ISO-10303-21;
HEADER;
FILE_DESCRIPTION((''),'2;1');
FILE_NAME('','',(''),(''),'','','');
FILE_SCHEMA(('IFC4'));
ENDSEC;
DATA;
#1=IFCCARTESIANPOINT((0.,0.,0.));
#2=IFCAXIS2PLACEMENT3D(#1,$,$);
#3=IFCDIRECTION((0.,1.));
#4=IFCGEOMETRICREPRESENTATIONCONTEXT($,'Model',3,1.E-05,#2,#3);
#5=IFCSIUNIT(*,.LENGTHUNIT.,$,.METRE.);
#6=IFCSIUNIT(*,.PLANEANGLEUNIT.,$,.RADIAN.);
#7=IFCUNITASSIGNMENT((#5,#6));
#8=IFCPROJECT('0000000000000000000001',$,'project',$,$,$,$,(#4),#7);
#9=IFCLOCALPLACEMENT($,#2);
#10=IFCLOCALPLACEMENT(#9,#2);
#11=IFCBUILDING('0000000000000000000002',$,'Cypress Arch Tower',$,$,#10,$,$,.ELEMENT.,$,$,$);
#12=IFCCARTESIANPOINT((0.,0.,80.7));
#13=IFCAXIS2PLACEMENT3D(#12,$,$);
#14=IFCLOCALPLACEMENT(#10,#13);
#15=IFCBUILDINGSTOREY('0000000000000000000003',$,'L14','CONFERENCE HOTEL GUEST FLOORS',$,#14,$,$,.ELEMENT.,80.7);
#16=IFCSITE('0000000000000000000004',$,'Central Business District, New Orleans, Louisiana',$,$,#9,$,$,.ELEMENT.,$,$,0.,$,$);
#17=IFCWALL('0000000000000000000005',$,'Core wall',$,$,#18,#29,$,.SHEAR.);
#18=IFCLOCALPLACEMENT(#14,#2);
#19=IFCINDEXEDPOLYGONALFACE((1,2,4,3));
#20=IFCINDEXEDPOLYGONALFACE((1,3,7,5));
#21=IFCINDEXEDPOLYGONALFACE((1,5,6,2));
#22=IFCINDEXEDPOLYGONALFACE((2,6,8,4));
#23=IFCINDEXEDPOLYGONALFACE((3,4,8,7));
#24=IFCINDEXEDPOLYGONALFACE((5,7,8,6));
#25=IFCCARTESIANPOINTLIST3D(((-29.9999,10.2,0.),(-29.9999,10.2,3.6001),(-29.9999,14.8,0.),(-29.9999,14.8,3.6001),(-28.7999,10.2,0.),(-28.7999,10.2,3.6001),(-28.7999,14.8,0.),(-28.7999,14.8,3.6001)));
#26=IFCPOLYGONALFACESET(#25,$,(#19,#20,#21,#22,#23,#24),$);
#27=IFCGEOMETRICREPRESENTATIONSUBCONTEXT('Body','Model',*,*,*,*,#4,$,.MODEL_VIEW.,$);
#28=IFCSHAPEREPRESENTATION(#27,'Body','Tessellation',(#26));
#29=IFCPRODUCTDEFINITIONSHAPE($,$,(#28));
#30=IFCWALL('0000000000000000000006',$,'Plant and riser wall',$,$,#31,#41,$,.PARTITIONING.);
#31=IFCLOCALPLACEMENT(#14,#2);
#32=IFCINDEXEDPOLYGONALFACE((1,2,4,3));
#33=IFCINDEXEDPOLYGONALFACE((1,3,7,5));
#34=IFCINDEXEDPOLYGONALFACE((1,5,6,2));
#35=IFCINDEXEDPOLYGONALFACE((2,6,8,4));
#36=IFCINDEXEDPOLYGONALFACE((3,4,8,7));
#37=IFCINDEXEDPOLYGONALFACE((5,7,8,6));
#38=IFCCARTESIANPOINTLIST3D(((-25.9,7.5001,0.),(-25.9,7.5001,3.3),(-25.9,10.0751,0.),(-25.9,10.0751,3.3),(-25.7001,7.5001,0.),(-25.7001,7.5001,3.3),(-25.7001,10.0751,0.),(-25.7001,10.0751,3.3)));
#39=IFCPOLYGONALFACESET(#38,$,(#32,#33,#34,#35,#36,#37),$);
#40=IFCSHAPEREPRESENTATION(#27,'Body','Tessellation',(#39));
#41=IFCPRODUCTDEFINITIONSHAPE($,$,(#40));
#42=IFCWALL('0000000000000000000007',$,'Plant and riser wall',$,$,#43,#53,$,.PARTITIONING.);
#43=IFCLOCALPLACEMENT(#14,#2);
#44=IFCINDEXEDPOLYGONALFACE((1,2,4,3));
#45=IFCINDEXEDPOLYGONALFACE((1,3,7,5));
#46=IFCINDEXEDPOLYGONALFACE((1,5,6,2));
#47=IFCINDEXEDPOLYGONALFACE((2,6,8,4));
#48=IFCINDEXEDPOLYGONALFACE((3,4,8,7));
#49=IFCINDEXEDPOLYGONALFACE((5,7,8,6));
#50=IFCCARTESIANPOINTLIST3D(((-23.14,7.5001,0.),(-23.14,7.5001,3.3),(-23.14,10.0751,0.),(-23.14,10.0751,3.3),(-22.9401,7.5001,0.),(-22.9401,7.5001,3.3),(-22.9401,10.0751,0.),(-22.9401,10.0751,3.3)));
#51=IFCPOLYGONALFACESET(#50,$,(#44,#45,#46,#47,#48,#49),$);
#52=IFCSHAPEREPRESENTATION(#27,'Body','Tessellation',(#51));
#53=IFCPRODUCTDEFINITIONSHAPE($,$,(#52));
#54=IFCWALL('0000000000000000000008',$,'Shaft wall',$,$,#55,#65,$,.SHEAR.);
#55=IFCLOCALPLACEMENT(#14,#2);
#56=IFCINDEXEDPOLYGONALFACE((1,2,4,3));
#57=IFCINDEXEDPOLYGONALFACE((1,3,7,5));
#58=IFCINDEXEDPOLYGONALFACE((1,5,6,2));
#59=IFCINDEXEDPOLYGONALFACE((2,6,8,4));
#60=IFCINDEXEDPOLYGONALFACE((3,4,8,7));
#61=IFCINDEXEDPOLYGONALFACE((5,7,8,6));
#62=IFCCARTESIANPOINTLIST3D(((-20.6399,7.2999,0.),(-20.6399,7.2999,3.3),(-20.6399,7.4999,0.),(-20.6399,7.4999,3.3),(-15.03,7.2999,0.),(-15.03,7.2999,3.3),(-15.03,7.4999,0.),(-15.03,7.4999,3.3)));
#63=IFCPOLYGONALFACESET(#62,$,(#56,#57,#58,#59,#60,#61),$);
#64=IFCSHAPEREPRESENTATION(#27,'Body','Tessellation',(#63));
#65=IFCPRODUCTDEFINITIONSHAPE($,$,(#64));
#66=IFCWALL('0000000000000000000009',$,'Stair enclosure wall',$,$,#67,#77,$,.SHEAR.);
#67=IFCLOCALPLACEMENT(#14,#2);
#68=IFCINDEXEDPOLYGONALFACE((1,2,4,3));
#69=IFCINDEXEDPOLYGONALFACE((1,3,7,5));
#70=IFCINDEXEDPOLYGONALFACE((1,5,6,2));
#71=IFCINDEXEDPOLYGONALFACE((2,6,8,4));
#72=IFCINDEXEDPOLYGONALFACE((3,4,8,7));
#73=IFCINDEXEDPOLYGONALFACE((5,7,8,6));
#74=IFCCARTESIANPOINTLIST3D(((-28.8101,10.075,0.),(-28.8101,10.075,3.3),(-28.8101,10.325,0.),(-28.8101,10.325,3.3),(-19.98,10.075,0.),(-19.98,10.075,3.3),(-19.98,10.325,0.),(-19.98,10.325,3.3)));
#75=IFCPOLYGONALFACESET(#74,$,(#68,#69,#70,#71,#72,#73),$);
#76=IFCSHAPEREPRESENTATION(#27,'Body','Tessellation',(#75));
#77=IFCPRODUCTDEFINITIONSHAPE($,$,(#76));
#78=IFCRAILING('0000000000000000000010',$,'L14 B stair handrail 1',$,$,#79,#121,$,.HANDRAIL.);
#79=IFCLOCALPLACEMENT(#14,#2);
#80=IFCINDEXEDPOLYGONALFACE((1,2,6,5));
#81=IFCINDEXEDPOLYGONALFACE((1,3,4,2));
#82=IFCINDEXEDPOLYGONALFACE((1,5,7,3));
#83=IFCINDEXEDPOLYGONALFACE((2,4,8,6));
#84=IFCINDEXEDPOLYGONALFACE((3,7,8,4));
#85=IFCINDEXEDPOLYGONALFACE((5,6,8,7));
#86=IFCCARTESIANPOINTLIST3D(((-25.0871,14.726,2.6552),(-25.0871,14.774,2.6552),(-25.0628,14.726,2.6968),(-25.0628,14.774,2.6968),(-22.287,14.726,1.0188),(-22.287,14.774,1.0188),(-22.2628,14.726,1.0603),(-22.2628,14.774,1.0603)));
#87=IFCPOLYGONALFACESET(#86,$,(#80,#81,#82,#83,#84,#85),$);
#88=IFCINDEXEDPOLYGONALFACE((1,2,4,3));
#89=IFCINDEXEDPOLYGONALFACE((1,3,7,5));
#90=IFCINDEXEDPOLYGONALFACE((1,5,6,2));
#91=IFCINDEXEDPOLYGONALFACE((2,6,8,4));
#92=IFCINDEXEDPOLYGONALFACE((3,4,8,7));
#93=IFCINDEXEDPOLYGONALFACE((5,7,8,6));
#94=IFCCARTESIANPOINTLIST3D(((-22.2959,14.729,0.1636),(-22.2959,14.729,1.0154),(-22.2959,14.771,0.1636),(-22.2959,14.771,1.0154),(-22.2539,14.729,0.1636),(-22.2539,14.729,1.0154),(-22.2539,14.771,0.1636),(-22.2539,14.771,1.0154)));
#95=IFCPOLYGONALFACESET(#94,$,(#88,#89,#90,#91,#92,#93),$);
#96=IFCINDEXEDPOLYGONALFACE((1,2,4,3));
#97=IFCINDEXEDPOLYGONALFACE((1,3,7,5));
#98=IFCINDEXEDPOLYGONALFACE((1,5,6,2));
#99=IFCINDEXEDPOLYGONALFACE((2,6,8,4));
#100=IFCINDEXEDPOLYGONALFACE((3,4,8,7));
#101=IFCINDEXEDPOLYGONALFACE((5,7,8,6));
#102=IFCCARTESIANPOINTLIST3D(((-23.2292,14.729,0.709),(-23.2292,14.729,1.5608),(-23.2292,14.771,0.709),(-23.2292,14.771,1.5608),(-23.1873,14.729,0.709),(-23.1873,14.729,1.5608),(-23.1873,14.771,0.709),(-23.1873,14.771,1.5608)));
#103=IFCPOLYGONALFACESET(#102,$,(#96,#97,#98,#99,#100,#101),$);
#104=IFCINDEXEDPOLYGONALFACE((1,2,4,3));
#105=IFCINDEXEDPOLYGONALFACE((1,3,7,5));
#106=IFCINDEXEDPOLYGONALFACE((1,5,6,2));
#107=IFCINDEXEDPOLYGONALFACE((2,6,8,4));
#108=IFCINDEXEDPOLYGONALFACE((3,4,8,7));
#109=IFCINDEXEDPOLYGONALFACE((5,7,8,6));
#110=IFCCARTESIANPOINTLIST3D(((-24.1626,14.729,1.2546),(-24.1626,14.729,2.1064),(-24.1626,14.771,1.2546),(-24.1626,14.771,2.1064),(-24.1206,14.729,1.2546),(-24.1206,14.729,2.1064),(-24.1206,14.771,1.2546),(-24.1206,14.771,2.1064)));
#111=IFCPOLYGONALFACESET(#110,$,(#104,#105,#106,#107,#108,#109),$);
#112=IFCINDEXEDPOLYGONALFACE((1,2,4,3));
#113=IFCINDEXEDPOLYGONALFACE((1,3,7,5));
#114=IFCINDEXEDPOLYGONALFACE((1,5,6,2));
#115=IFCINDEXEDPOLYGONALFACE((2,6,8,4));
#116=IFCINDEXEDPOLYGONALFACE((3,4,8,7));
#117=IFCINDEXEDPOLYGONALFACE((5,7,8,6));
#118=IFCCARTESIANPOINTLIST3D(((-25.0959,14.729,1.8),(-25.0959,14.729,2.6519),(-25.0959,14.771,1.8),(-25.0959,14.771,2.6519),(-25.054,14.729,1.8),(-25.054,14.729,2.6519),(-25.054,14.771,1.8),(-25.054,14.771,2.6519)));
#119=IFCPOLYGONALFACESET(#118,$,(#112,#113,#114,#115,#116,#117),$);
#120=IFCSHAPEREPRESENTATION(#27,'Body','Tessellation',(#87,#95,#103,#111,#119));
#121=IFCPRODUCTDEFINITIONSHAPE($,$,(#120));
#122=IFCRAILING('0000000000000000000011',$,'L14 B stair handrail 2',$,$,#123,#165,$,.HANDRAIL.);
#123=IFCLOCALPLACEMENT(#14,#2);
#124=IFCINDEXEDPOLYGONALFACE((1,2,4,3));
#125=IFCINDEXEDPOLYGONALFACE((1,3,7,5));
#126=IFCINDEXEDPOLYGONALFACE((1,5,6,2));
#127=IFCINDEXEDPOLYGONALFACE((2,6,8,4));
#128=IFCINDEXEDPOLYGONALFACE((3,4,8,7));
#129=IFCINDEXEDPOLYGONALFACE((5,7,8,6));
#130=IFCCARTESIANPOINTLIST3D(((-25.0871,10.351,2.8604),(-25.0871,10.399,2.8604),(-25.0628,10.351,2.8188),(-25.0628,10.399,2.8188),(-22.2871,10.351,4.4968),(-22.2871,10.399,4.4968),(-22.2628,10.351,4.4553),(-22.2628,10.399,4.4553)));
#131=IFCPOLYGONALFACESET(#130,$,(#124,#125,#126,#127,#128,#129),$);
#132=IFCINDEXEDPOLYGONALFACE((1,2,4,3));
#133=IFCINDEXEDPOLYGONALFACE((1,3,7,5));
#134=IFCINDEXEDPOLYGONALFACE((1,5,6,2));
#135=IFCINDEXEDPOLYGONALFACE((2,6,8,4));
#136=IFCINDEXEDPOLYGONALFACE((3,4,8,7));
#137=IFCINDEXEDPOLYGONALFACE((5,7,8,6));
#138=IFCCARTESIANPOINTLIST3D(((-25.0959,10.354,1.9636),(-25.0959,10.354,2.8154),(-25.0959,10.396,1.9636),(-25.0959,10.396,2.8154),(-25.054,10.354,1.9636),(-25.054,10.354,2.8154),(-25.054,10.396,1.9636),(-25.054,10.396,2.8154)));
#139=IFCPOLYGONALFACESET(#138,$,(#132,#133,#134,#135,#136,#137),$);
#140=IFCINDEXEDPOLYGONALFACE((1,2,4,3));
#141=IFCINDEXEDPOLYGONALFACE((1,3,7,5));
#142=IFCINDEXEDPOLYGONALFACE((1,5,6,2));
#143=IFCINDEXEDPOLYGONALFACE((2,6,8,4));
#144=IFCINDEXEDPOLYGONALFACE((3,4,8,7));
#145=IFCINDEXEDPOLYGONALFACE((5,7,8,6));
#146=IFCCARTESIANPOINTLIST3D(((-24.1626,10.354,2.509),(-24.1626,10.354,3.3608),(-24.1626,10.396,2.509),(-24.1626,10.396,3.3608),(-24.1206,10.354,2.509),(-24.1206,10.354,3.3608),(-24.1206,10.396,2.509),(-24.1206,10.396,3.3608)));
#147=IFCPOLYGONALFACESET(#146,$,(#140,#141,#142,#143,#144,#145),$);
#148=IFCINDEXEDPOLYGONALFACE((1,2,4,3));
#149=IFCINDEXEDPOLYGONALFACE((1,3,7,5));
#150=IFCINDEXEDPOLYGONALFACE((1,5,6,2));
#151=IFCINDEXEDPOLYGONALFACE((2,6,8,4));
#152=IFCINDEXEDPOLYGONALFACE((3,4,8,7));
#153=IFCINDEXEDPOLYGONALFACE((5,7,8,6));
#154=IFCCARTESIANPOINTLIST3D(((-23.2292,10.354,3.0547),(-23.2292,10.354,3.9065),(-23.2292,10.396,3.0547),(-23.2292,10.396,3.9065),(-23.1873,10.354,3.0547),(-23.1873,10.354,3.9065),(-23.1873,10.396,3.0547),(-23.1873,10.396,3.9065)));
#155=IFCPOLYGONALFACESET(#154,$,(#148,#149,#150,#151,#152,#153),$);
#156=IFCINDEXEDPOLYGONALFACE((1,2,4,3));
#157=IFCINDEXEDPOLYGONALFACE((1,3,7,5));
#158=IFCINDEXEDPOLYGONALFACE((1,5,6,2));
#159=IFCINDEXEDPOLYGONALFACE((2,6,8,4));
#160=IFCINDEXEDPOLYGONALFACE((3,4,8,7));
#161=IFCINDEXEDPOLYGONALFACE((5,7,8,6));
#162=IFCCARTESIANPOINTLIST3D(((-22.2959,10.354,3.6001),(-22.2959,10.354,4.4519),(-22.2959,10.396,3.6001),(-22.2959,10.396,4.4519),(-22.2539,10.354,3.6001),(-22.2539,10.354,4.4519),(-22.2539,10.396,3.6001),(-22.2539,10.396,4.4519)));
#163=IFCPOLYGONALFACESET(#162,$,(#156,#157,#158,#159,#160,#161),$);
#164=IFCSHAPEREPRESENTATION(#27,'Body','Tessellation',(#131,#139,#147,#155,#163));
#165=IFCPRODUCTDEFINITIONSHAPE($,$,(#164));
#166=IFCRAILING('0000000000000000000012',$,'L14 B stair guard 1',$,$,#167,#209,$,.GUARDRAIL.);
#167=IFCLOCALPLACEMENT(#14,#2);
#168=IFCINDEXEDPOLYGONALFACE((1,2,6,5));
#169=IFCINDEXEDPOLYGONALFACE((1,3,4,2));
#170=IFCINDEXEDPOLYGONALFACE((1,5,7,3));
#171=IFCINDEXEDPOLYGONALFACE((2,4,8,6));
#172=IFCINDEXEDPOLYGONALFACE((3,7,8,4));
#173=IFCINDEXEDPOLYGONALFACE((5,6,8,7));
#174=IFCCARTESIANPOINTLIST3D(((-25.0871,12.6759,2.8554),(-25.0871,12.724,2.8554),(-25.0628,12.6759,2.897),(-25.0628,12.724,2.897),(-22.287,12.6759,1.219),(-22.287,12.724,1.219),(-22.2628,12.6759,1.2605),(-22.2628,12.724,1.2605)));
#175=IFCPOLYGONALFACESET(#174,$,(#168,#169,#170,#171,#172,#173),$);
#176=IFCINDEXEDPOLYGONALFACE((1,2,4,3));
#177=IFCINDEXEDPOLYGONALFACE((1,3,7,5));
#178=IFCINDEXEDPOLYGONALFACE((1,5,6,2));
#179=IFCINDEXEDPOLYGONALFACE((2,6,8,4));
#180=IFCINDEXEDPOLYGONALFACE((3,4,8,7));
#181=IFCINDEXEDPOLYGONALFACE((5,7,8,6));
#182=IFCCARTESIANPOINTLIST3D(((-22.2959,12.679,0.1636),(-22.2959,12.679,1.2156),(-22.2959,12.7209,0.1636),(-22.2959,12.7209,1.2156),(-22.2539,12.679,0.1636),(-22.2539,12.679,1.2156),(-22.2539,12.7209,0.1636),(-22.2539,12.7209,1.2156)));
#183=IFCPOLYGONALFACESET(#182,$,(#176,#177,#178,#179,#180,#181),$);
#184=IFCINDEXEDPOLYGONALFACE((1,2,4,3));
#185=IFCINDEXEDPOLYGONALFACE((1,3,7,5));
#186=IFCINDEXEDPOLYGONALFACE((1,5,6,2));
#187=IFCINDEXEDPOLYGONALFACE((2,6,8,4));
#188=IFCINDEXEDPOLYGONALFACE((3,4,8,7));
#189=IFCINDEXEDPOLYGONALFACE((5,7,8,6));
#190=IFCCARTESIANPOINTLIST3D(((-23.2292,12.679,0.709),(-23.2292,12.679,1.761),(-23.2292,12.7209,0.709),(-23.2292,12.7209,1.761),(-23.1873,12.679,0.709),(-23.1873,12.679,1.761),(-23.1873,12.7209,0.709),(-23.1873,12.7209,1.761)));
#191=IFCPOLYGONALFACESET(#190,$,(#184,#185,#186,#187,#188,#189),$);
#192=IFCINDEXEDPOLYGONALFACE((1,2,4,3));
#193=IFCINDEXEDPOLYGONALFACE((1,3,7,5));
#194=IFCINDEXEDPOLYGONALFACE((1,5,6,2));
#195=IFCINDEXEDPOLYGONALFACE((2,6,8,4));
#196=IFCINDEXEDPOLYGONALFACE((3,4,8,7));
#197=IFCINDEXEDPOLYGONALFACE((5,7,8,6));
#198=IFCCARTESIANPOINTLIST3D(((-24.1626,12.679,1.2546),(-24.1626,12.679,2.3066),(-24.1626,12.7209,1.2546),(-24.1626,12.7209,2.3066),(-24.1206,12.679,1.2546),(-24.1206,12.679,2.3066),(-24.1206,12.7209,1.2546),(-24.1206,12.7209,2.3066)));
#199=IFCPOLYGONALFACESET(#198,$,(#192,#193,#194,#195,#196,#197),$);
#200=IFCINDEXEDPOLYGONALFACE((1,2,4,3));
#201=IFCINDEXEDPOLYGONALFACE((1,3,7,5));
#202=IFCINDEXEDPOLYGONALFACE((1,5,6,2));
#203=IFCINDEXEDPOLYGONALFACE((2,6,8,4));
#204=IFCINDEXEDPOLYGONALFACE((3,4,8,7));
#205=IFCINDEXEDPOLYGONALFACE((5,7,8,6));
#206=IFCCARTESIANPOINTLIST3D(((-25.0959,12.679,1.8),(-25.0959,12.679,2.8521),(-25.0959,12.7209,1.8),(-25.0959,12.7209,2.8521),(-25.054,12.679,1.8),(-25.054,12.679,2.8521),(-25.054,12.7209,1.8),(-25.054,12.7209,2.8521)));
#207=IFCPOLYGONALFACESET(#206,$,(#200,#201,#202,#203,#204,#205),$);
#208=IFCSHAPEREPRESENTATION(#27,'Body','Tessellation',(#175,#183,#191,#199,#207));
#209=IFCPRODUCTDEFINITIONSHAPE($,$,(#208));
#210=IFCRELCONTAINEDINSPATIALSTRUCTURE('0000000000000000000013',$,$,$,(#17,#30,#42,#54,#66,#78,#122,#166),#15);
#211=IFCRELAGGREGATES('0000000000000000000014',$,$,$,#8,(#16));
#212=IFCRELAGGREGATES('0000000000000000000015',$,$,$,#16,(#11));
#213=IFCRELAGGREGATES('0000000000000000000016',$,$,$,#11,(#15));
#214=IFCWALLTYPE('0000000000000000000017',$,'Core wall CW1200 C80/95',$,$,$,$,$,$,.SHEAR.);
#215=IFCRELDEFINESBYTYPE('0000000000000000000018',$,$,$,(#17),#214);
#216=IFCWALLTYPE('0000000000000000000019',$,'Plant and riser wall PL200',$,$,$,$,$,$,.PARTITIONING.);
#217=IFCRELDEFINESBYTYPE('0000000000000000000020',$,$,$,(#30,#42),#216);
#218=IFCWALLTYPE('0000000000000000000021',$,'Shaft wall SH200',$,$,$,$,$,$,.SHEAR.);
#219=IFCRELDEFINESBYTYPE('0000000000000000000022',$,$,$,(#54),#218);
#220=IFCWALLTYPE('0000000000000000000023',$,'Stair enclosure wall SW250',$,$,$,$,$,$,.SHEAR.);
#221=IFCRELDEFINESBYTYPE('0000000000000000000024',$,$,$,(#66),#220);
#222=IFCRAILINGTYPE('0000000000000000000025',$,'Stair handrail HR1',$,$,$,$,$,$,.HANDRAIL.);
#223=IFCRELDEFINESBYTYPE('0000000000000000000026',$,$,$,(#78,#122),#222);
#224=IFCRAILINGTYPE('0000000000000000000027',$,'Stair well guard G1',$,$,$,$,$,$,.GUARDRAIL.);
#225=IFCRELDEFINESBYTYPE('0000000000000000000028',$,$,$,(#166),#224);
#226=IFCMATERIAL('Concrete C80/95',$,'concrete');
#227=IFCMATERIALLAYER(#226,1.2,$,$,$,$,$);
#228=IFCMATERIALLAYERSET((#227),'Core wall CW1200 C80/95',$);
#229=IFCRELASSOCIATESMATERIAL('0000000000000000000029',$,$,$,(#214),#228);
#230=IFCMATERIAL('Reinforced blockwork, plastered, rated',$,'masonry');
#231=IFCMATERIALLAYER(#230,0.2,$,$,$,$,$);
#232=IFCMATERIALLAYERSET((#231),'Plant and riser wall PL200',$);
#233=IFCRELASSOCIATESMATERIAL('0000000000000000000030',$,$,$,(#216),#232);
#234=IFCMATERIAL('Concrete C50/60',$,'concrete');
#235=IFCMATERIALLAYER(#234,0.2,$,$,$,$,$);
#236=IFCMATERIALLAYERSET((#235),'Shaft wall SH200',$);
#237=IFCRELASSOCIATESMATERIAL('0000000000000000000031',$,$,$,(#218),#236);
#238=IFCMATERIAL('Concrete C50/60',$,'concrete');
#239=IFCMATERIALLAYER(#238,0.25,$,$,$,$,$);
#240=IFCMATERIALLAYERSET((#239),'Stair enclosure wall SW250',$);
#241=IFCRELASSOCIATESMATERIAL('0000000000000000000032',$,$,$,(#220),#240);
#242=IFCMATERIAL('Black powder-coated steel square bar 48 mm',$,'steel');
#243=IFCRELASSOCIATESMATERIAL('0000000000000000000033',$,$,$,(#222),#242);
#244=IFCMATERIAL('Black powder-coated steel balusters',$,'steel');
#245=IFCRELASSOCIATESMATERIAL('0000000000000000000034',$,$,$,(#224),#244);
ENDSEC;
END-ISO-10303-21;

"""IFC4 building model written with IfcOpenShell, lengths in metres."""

from ifc_helpers import new_model, si_unit, direction, frame, frame_2d, origin, origin_2d, place, context, subcontext, project, spatial, rectangle, extrude, material, layer, layer_set, type_object, element, save


model = new_model("IFC4")

# Units and contexts
model_context = context("Model", 3, precision=1e-05, world=origin(), true_north=direction((0.0, 1.0)))
body_context = subcontext(model_context, "Body", "Model", "MODEL_VIEW")
ifc_project = project(units=[si_unit("LENGTHUNIT", "METRE"), si_unit("PLANEANGLEUNIT", "RADIAN")], contexts=[model_context])

# Site, building, storey
site_placement = place(None, origin())
site = spatial("IfcSite", under=ifc_project, at=site_placement, Name="Central Business District, New Orleans, Louisiana", CompositionType="ELEMENT", RefElevation=0.0)
building_placement = place(site_placement, origin())
building = spatial("IfcBuilding", under=site, at=building_placement, Name="Cypress Arch Tower", CompositionType="ELEMENT")
storey_placement = place(building_placement, frame((0.0, 0.0, 80.7)))
storey = spatial("IfcBuildingStorey", under=building, at=storey_placement, Name="L14", Description="CONFERENCE HOTEL GUEST FLOORS", CompositionType="ELEMENT", Elevation=80.7)

# Shared definitions
ifc_material_1 = material(Name="Concrete C80/95", Category="concrete")
ifc_layer_1 = layer(ifc_material_1, 1.2)
ifc_layer_set_1 = layer_set([ifc_layer_1], Name="Core wall CW1200 C80/95")
wall_type_1 = type_object("IfcWallType", Name="Core wall CW1200 C80/95", PredefinedType="SHEAR", material=ifc_layer_set_1)

# Wall
wall_1_placement = place(storey_placement, frame((-29.3999, 10.2, 0.0), z_axis=(0.0, 0.0, 1.0), x_axis=(0.0, 1.0, 0.0)))
element("IfcWall", 1, at=wall_1_placement, inside=storey, type_object=wall_type_1, Name="Core wall", PredefinedType="SHEAR", context=body_context, shape_type="SweptSolid", body=[
    extrude(rectangle(XDim=4.6001, YDim=1.2, at=frame_2d((2.3, 0.0))), origin(), (0.0, 0.0, 1.0), 3.6001),
])

# Walls
ifc_material_2 = material(Name="Reinforced blockwork, plastered, rated", Category="masonry")
ifc_layer_2 = layer(ifc_material_2, 0.2)
ifc_layer_set_2 = layer_set([ifc_layer_2], Name="Plant and riser wall PL200")
wall_type_2 = type_object("IfcWallType", Name="Plant and riser wall PL200", PredefinedType="PARTITIONING", material=ifc_layer_set_2)
for number, where, z_axis, x_axis, name in (
    (2, (-25.8, 7.5, 0.0), (0.0, 0.0, 1.0), (0.0, 1.0, 0.0), "Plant and riser wall"),
    (3, (-23.04, 7.5, 0.0), (0.0, 0.0, 1.0), (0.0, 1.0, 0.0), "Plant and riser wall"),
):
    element("IfcWall", number, at=place(storey_placement, frame(where, z_axis=z_axis, x_axis=x_axis)), inside=storey, type_object=wall_type_2, Name=name, PredefinedType="PARTITIONING", context=body_context, shape_type="SweptSolid", body=[
        extrude(rectangle(XDim=2.575, YDim=0.2, at=frame_2d((1.2876, 0.0))), origin(), (0.0, 0.0, 1.0), 3.3),
    ])
ifc_material_3 = material(Name="Concrete C50/60", Category="concrete")
ifc_layer_3 = layer(ifc_material_3, 0.2)
ifc_layer_set_3 = layer_set([ifc_layer_3], Name="Shaft wall SH200")
wall_type_3 = type_object("IfcWallType", Name="Shaft wall SH200", PredefinedType="SHEAR", material=ifc_layer_set_3)
wall_2_placement = place(storey_placement, frame((-20.6399, 7.3999, 0.0), z_axis=(0.0, 0.0, 1.0), x_axis=(1.0, 0.0, 0.0)))
element("IfcWall", 4, at=wall_2_placement, inside=storey, type_object=wall_type_3, Name="Shaft wall", PredefinedType="SHEAR", context=body_context, shape_type="SweptSolid", body=[
    extrude(rectangle(XDim=5.6099, YDim=0.2, at=frame_2d((2.8049, 0.0))), origin(), (0.0, 0.0, 1.0), 3.3),
])
ifc_material_4 = material(Name="Concrete C50/60", Category="concrete")
ifc_layer_4 = layer(ifc_material_4, 0.25)
ifc_layer_set_4 = layer_set([ifc_layer_4], Name="Stair enclosure wall SW250")
wall_type_4 = type_object("IfcWallType", Name="Stair enclosure wall SW250", PredefinedType="SHEAR", material=ifc_layer_set_4)
wall_3_placement = place(storey_placement, frame((-28.8101, 10.2, 0.0), z_axis=(0.0, 0.0, 1.0), x_axis=(1.0, 0.0, 0.0)))
element("IfcWall", 5, at=wall_3_placement, inside=storey, type_object=wall_type_4, Name="Stair enclosure wall", PredefinedType="SHEAR", context=body_context, shape_type="SweptSolid", body=[
    extrude(rectangle(XDim=8.8301, YDim=0.25, at=frame_2d((4.415, 0.0))), origin(), (0.0, 0.0, 1.0), 3.3),
])

# Railings
ifc_material_5 = material(Name="Black powder-coated steel square bar 48 mm", Category="steel")
railing_type_1 = type_object("IfcRailingType", Name="Stair handrail HR1", PredefinedType="HANDRAIL", material=ifc_material_5)
railing_1_placement = place(storey_placement, frame((-22.2749, 14.75, 0.1636)))
element("IfcRailing", 6, at=railing_1_placement, inside=storey, type_object=railing_type_1, Name="L14 B stair handrail 1", PredefinedType="HANDRAIL", context=body_context, shape_type="SweptSolid", body=[
    extrude(rectangle(XDim=0.0481, YDim=0.0481, at=origin_2d()), frame((0.0, 0.0, 0.876), z_axis=(-0.863361, 0.0, 0.504587), x_axis=(0.0, -1.0, 0.0)), (0.0, 0.0, 1.0), 3.2432),
    extrude(rectangle(XDim=0.042, YDim=0.042, at=origin_2d()), origin(), (0.0, 0.0, 1.0), 0.8518),
    extrude(rectangle(XDim=0.042, YDim=0.042, at=origin_2d()), frame((-0.9333, 0.0, 0.5454)), (0.0, 0.0, 1.0), 0.8518),
    extrude(rectangle(XDim=0.042, YDim=0.042, at=origin_2d()), frame((-1.8667, 0.0, 1.0911)), (0.0, 0.0, 1.0), 0.8518),
    extrude(rectangle(XDim=0.042, YDim=0.042, at=origin_2d()), frame((-2.8, 0.0, 1.6365)), (0.0, 0.0, 1.0), 0.8518),
])
railing_2_placement = place(storey_placement, frame((-25.075, 10.375, 1.9636)))
element("IfcRailing", 7, at=railing_2_placement, inside=storey, type_object=railing_type_1, Name="L14 B stair handrail 2", PredefinedType="HANDRAIL", context=body_context, shape_type="SweptSolid", body=[
    extrude(rectangle(XDim=0.0481, YDim=0.0481, at=origin_2d()), frame((0.0, 0.0, 0.876), z_axis=(0.863361, 0.0, 0.504587), x_axis=(0.0, 1.0, 0.0)), (0.0, 0.0, 1.0), 3.2432),
    extrude(rectangle(XDim=0.042, YDim=0.042, at=origin_2d()), origin(), (0.0, 0.0, 1.0), 0.8518),
    extrude(rectangle(XDim=0.042, YDim=0.042, at=origin_2d()), frame((0.9333, 0.0, 0.5454)), (0.0, 0.0, 1.0), 0.8518),
    extrude(rectangle(XDim=0.042, YDim=0.042, at=origin_2d()), frame((1.8667, 0.0, 1.0911)), (0.0, 0.0, 1.0), 0.8518),
    extrude(rectangle(XDim=0.042, YDim=0.042, at=origin_2d()), frame((2.8, 0.0, 1.6365)), (0.0, 0.0, 1.0), 0.8518),
])
ifc_material_6 = material(Name="Black powder-coated steel balusters", Category="steel")
railing_type_2 = type_object("IfcRailingType", Name="Stair well guard G1", PredefinedType="GUARDRAIL", material=ifc_material_6)
railing_3_placement = place(storey_placement, frame((-22.2749, 12.7, 0.1636)))
element("IfcRailing", 8, at=railing_3_placement, inside=storey, type_object=railing_type_2, Name="L14 B stair guard 1", PredefinedType="GUARDRAIL", context=body_context, shape_type="SweptSolid", body=[
    extrude(rectangle(XDim=0.0481, YDim=0.0481, at=origin_2d()), frame((0.0, 0.0, 1.0762), z_axis=(-0.863361, 0.0, 0.504587), x_axis=(0.0, -1.0, 0.0)), (0.0, 0.0, 1.0), 3.2432),
    extrude(rectangle(XDim=0.042, YDim=0.042, at=origin_2d()), origin(), (0.0, 0.0, 1.0), 1.052),
    extrude(rectangle(XDim=0.042, YDim=0.042, at=origin_2d()), frame((-0.9333, 0.0, 0.5454)), (0.0, 0.0, 1.0), 1.052),
    extrude(rectangle(XDim=0.042, YDim=0.042, at=origin_2d()), frame((-1.8667, 0.0, 1.0911)), (0.0, 0.0, 1.0), 1.052),
    extrude(rectangle(XDim=0.042, YDim=0.042, at=origin_2d()), frame((-2.8, 0.0, 1.6365)), (0.0, 0.0, 1.0), 1.052),
])

save(model, "model.ifc")
